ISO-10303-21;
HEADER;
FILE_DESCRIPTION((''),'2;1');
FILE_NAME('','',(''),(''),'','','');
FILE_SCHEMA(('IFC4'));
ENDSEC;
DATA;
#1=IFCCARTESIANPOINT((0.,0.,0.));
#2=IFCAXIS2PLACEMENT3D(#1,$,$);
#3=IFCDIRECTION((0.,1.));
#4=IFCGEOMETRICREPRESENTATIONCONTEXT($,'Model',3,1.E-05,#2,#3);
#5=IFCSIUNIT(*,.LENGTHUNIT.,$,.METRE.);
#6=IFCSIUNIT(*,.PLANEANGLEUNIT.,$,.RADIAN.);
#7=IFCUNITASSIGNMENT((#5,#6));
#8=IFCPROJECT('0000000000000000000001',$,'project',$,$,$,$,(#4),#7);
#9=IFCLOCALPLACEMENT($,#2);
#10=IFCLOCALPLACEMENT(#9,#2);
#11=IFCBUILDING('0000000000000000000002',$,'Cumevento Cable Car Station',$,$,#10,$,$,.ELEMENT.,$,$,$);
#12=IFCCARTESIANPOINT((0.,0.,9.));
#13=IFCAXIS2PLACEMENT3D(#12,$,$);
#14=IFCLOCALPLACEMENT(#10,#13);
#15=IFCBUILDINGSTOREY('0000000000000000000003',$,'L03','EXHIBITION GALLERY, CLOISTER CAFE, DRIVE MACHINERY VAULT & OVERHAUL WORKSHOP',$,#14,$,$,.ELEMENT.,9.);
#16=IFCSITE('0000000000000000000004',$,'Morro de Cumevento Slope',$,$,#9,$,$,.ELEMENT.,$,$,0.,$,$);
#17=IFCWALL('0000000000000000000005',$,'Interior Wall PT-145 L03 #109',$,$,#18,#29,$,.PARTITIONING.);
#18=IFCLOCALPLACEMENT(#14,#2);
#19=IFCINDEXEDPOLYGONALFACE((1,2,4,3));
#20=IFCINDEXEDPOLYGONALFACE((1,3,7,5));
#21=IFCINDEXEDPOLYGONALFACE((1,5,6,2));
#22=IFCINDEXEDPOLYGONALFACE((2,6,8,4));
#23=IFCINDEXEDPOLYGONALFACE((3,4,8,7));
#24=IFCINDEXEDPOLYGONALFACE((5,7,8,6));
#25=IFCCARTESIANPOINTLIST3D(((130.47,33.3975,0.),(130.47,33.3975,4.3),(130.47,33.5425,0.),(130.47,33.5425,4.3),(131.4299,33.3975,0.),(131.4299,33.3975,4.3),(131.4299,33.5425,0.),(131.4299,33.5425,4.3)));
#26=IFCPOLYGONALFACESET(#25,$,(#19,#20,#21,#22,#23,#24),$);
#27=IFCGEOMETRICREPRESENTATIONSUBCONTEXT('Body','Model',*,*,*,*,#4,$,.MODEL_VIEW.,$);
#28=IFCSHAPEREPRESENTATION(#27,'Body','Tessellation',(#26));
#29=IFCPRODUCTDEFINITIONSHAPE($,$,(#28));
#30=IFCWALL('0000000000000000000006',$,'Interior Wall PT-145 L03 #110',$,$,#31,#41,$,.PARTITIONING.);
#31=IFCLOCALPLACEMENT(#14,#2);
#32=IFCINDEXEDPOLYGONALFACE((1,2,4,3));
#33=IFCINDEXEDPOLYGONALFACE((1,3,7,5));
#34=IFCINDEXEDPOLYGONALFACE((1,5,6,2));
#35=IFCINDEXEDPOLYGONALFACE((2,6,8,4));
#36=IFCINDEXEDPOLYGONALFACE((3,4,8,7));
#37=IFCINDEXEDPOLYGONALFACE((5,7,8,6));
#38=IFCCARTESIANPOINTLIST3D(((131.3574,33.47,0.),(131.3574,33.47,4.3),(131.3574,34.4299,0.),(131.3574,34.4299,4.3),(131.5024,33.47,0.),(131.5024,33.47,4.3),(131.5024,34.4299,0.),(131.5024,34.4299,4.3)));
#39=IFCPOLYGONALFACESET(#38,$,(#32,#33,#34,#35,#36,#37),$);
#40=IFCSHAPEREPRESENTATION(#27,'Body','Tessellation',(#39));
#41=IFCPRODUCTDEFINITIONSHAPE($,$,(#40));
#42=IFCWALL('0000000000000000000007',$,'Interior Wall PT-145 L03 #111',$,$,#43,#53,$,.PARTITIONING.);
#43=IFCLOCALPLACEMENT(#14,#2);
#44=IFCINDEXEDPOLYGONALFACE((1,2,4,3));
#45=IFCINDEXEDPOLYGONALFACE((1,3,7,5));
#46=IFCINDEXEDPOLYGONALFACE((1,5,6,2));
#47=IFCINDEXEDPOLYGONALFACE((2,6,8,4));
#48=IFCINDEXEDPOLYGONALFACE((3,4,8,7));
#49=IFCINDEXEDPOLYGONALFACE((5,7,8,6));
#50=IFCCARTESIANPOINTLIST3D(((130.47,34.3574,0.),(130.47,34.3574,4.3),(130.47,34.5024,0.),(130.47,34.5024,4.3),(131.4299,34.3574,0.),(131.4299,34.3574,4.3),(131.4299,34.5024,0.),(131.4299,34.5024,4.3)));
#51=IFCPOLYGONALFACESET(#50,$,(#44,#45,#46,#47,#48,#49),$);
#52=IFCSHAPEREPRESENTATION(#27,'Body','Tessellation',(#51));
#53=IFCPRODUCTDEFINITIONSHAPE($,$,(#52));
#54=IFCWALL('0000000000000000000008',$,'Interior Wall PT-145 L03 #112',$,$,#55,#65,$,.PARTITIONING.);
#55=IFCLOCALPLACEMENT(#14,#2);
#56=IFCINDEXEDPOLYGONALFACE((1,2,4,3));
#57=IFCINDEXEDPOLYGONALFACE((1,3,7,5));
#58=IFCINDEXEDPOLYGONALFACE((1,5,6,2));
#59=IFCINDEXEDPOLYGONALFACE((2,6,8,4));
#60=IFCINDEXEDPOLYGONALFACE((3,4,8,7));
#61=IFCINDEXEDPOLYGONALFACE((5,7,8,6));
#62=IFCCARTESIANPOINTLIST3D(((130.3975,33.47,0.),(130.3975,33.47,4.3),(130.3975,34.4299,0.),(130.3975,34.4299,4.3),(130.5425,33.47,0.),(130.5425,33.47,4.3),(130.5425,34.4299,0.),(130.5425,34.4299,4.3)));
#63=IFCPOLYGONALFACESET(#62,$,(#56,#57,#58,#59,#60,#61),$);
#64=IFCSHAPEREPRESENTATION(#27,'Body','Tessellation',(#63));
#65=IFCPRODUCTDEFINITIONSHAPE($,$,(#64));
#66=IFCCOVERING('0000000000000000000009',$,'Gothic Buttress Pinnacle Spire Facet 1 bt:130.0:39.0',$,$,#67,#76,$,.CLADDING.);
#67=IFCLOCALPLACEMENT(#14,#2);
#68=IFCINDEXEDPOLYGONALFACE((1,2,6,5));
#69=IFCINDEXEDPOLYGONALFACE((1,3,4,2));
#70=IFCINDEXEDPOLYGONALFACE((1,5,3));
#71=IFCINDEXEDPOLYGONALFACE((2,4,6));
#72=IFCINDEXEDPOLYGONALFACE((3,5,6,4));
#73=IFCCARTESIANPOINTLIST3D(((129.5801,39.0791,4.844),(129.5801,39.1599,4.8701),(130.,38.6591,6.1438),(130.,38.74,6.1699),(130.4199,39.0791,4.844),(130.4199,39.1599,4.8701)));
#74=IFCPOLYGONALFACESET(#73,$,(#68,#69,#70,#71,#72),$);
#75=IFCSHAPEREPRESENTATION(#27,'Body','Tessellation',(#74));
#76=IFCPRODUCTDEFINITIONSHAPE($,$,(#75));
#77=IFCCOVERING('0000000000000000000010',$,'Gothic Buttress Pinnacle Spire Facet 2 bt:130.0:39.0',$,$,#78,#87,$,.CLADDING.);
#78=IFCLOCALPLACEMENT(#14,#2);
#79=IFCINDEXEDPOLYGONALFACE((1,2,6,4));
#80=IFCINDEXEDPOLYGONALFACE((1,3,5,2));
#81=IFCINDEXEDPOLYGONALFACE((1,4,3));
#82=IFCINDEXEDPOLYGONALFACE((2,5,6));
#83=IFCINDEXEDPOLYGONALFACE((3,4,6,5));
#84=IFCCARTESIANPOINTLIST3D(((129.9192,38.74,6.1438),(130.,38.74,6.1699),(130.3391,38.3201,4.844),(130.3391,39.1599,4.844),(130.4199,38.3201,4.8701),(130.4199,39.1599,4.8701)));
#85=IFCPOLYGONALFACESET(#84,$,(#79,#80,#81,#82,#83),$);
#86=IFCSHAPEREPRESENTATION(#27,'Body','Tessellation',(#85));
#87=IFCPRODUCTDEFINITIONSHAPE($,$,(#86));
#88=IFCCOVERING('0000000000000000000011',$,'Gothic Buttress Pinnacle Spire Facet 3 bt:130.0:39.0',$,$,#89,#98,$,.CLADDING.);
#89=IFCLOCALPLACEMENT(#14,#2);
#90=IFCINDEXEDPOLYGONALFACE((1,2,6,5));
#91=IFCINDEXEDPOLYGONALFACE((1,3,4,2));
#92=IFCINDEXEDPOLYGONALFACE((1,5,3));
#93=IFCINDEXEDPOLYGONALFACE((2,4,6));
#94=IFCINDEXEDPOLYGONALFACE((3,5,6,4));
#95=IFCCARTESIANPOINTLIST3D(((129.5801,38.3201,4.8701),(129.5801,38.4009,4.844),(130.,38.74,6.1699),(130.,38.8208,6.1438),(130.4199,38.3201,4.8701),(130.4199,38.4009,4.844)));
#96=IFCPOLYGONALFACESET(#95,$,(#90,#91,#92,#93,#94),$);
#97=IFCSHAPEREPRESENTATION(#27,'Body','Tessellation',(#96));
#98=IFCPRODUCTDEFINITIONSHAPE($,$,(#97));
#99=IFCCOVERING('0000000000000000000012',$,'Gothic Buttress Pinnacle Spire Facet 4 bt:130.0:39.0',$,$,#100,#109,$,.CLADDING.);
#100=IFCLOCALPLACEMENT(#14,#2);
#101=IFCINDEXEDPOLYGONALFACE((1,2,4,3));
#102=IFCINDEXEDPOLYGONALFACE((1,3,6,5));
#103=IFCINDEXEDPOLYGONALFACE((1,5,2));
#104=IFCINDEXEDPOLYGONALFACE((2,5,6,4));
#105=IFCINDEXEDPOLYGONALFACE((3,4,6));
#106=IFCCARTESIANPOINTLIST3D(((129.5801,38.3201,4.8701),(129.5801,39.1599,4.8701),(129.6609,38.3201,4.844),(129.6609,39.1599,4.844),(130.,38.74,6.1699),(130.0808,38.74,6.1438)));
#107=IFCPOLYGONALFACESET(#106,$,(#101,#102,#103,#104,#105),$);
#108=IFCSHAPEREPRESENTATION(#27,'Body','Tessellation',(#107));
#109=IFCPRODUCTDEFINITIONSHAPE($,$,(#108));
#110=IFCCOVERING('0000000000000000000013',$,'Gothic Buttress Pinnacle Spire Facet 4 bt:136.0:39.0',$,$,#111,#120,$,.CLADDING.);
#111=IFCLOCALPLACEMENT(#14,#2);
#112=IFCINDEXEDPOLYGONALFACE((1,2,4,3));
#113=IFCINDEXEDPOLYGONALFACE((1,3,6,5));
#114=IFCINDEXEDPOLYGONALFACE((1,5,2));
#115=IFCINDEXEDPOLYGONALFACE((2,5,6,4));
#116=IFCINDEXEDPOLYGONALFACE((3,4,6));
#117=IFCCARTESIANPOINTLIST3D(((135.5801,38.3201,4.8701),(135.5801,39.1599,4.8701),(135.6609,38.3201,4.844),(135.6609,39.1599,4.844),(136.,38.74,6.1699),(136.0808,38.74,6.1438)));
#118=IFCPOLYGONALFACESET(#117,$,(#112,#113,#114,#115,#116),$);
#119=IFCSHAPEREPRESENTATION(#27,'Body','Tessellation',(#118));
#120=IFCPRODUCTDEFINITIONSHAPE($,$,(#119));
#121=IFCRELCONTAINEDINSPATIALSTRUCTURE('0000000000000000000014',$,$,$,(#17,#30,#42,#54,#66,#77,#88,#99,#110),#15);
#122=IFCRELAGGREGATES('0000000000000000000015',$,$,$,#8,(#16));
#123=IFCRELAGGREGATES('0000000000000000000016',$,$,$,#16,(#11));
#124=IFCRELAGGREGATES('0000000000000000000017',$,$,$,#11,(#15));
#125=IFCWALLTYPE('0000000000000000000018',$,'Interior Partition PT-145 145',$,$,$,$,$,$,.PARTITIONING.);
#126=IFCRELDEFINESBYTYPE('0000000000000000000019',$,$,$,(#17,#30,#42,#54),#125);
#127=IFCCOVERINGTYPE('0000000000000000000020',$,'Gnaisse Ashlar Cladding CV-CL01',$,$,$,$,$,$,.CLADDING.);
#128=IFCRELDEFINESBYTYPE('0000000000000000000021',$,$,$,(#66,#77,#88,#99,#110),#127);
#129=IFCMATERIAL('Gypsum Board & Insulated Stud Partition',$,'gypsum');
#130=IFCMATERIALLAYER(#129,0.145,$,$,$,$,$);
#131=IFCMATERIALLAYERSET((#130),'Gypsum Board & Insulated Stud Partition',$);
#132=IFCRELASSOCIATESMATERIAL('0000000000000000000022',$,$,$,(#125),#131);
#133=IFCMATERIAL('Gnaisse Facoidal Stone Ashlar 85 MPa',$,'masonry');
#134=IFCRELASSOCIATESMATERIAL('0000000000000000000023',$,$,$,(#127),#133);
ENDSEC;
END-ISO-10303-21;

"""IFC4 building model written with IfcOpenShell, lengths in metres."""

from ifc_helpers import new_model, si_unit, direction, frame, frame_2d, origin, place, context, subcontext, project, spatial, polyline, rectangle, outline, extrude, material, layer, layer_set, type_object, element, save


model = new_model("IFC4")

# Units and contexts
model_context = context("Model", 3, precision=1e-05, world=origin(), true_north=direction((0.0, 1.0)))
body_context = subcontext(model_context, "Body", "Model", "MODEL_VIEW")
ifc_project = project(units=[si_unit("LENGTHUNIT", "METRE"), si_unit("PLANEANGLEUNIT", "RADIAN")], contexts=[model_context])

# Site, building, storey
site_placement = place(None, origin())
site = spatial("IfcSite", under=ifc_project, at=site_placement, Name="Morro de Cumevento Slope", CompositionType="ELEMENT", RefElevation=0.0)
building_placement = place(site_placement, origin())
building = spatial("IfcBuilding", under=site, at=building_placement, Name="Cumevento Cable Car Station", CompositionType="ELEMENT")
storey_placement = place(building_placement, frame((0.0, 0.0, 9.0)))
storey = spatial("IfcBuildingStorey", under=building, at=storey_placement, Name="L03", Description="EXHIBITION GALLERY, CLOISTER CAFE, DRIVE MACHINERY VAULT & OVERHAUL WORKSHOP", CompositionType="ELEMENT", Elevation=9.0)

# Walls
ifc_material_1 = material(Name="Gypsum Board & Insulated Stud Partition", Category="gypsum")
ifc_layer_1 = layer(ifc_material_1, 0.145)
ifc_layer_set_1 = layer_set([ifc_layer_1], Name="Gypsum Board & Insulated Stud Partition")
wall_type_1 = type_object("IfcWallType", Name="Interior Partition PT-145 145", PredefinedType="PARTITIONING", material=ifc_layer_set_1)
for number, where, z_axis, x_axis, name in (
    (1, (130.47, 33.47, 0.0), (0.0, 0.0, 1.0), (1.0, 0.0, 0.0), "Interior Wall PT-145 L03 #109"),
    (2, (131.4299, 33.47, 0.0), (0.0, 0.0, 1.0), (0.0, 1.0, 0.0), "Interior Wall PT-145 L03 #110"),
    (3, (131.4299, 34.4299, 0.0), (0.0, 0.0, 1.0), (-1.0, 0.0, 0.0), "Interior Wall PT-145 L03 #111"),
    (4, (130.47, 34.4299, 0.0), (0.0, 0.0, 1.0), (0.0, -1.0, 0.0), "Interior Wall PT-145 L03 #112"),
):
    element("IfcWall", number, at=place(storey_placement, frame(where, z_axis=z_axis, x_axis=x_axis)), inside=storey, type_object=wall_type_1, Name=name, PredefinedType="PARTITIONING", context=body_context, shape_type="SweptSolid", body=[
        extrude(rectangle(XDim=0.96, YDim=0.145, at=frame_2d((0.48, 0.0))), origin(), (0.0, 0.0, 1.0), 4.3),
    ])

# Coverings
ifc_material_2 = material(Name="Gnaisse Facoidal Stone Ashlar 85 MPa", Category="masonry")
covering_type = type_object("IfcCoveringType", Name="Gnaisse Ashlar Cladding CV-CL01", PredefinedType="CLADDING", material=ifc_material_2)
for number, where, z_axis, x_axis, name in (
    (5, (129.5801, 39.1599, 4.8701), (0.0, 0.951574, 0.307421), (1.0, 0.0, 0.0), "Gothic Buttress Pinnacle Spire Facet 1 bt:130.0:39.0"),
    (6, (130.4199, 39.1599, 4.8701), (0.951574, 0.0, 0.307421), (0.0, -1.0, 0.0), "Gothic Buttress Pinnacle Spire Facet 2 bt:130.0:39.0"),
    (7, (130.4199, 38.3201, 4.8701), (0.0, -0.951574, 0.307421), (-1.0, 0.0, 0.0), "Gothic Buttress Pinnacle Spire Facet 3 bt:130.0:39.0"),
    (8, (129.5801, 38.3201, 4.8701), (-0.951574, 0.0, 0.307421), (0.0, 1.0, 0.0), "Gothic Buttress Pinnacle Spire Facet 4 bt:130.0:39.0"),
    (9, (135.5801, 38.3201, 4.8701), (-0.951574, 0.0, 0.307421), (0.0, 1.0, 0.0), "Gothic Buttress Pinnacle Spire Facet 4 bt:136.0:39.0"),
):
    element("IfcCovering", number, at=place(storey_placement, frame(where, z_axis=z_axis, x_axis=x_axis)), inside=storey, type_object=covering_type, Name=name, PredefinedType="CLADDING", context=body_context, shape_type="SweptSolid", body=[
        extrude(outline(polyline([(0.0, 0.0), (0.8398, 0.0), (0.4199, -1.366), (0.0, 0.0)])), origin(), (0.0, 0.0, -1.0), 0.085),
    ])

save(model, "model.ifc")
